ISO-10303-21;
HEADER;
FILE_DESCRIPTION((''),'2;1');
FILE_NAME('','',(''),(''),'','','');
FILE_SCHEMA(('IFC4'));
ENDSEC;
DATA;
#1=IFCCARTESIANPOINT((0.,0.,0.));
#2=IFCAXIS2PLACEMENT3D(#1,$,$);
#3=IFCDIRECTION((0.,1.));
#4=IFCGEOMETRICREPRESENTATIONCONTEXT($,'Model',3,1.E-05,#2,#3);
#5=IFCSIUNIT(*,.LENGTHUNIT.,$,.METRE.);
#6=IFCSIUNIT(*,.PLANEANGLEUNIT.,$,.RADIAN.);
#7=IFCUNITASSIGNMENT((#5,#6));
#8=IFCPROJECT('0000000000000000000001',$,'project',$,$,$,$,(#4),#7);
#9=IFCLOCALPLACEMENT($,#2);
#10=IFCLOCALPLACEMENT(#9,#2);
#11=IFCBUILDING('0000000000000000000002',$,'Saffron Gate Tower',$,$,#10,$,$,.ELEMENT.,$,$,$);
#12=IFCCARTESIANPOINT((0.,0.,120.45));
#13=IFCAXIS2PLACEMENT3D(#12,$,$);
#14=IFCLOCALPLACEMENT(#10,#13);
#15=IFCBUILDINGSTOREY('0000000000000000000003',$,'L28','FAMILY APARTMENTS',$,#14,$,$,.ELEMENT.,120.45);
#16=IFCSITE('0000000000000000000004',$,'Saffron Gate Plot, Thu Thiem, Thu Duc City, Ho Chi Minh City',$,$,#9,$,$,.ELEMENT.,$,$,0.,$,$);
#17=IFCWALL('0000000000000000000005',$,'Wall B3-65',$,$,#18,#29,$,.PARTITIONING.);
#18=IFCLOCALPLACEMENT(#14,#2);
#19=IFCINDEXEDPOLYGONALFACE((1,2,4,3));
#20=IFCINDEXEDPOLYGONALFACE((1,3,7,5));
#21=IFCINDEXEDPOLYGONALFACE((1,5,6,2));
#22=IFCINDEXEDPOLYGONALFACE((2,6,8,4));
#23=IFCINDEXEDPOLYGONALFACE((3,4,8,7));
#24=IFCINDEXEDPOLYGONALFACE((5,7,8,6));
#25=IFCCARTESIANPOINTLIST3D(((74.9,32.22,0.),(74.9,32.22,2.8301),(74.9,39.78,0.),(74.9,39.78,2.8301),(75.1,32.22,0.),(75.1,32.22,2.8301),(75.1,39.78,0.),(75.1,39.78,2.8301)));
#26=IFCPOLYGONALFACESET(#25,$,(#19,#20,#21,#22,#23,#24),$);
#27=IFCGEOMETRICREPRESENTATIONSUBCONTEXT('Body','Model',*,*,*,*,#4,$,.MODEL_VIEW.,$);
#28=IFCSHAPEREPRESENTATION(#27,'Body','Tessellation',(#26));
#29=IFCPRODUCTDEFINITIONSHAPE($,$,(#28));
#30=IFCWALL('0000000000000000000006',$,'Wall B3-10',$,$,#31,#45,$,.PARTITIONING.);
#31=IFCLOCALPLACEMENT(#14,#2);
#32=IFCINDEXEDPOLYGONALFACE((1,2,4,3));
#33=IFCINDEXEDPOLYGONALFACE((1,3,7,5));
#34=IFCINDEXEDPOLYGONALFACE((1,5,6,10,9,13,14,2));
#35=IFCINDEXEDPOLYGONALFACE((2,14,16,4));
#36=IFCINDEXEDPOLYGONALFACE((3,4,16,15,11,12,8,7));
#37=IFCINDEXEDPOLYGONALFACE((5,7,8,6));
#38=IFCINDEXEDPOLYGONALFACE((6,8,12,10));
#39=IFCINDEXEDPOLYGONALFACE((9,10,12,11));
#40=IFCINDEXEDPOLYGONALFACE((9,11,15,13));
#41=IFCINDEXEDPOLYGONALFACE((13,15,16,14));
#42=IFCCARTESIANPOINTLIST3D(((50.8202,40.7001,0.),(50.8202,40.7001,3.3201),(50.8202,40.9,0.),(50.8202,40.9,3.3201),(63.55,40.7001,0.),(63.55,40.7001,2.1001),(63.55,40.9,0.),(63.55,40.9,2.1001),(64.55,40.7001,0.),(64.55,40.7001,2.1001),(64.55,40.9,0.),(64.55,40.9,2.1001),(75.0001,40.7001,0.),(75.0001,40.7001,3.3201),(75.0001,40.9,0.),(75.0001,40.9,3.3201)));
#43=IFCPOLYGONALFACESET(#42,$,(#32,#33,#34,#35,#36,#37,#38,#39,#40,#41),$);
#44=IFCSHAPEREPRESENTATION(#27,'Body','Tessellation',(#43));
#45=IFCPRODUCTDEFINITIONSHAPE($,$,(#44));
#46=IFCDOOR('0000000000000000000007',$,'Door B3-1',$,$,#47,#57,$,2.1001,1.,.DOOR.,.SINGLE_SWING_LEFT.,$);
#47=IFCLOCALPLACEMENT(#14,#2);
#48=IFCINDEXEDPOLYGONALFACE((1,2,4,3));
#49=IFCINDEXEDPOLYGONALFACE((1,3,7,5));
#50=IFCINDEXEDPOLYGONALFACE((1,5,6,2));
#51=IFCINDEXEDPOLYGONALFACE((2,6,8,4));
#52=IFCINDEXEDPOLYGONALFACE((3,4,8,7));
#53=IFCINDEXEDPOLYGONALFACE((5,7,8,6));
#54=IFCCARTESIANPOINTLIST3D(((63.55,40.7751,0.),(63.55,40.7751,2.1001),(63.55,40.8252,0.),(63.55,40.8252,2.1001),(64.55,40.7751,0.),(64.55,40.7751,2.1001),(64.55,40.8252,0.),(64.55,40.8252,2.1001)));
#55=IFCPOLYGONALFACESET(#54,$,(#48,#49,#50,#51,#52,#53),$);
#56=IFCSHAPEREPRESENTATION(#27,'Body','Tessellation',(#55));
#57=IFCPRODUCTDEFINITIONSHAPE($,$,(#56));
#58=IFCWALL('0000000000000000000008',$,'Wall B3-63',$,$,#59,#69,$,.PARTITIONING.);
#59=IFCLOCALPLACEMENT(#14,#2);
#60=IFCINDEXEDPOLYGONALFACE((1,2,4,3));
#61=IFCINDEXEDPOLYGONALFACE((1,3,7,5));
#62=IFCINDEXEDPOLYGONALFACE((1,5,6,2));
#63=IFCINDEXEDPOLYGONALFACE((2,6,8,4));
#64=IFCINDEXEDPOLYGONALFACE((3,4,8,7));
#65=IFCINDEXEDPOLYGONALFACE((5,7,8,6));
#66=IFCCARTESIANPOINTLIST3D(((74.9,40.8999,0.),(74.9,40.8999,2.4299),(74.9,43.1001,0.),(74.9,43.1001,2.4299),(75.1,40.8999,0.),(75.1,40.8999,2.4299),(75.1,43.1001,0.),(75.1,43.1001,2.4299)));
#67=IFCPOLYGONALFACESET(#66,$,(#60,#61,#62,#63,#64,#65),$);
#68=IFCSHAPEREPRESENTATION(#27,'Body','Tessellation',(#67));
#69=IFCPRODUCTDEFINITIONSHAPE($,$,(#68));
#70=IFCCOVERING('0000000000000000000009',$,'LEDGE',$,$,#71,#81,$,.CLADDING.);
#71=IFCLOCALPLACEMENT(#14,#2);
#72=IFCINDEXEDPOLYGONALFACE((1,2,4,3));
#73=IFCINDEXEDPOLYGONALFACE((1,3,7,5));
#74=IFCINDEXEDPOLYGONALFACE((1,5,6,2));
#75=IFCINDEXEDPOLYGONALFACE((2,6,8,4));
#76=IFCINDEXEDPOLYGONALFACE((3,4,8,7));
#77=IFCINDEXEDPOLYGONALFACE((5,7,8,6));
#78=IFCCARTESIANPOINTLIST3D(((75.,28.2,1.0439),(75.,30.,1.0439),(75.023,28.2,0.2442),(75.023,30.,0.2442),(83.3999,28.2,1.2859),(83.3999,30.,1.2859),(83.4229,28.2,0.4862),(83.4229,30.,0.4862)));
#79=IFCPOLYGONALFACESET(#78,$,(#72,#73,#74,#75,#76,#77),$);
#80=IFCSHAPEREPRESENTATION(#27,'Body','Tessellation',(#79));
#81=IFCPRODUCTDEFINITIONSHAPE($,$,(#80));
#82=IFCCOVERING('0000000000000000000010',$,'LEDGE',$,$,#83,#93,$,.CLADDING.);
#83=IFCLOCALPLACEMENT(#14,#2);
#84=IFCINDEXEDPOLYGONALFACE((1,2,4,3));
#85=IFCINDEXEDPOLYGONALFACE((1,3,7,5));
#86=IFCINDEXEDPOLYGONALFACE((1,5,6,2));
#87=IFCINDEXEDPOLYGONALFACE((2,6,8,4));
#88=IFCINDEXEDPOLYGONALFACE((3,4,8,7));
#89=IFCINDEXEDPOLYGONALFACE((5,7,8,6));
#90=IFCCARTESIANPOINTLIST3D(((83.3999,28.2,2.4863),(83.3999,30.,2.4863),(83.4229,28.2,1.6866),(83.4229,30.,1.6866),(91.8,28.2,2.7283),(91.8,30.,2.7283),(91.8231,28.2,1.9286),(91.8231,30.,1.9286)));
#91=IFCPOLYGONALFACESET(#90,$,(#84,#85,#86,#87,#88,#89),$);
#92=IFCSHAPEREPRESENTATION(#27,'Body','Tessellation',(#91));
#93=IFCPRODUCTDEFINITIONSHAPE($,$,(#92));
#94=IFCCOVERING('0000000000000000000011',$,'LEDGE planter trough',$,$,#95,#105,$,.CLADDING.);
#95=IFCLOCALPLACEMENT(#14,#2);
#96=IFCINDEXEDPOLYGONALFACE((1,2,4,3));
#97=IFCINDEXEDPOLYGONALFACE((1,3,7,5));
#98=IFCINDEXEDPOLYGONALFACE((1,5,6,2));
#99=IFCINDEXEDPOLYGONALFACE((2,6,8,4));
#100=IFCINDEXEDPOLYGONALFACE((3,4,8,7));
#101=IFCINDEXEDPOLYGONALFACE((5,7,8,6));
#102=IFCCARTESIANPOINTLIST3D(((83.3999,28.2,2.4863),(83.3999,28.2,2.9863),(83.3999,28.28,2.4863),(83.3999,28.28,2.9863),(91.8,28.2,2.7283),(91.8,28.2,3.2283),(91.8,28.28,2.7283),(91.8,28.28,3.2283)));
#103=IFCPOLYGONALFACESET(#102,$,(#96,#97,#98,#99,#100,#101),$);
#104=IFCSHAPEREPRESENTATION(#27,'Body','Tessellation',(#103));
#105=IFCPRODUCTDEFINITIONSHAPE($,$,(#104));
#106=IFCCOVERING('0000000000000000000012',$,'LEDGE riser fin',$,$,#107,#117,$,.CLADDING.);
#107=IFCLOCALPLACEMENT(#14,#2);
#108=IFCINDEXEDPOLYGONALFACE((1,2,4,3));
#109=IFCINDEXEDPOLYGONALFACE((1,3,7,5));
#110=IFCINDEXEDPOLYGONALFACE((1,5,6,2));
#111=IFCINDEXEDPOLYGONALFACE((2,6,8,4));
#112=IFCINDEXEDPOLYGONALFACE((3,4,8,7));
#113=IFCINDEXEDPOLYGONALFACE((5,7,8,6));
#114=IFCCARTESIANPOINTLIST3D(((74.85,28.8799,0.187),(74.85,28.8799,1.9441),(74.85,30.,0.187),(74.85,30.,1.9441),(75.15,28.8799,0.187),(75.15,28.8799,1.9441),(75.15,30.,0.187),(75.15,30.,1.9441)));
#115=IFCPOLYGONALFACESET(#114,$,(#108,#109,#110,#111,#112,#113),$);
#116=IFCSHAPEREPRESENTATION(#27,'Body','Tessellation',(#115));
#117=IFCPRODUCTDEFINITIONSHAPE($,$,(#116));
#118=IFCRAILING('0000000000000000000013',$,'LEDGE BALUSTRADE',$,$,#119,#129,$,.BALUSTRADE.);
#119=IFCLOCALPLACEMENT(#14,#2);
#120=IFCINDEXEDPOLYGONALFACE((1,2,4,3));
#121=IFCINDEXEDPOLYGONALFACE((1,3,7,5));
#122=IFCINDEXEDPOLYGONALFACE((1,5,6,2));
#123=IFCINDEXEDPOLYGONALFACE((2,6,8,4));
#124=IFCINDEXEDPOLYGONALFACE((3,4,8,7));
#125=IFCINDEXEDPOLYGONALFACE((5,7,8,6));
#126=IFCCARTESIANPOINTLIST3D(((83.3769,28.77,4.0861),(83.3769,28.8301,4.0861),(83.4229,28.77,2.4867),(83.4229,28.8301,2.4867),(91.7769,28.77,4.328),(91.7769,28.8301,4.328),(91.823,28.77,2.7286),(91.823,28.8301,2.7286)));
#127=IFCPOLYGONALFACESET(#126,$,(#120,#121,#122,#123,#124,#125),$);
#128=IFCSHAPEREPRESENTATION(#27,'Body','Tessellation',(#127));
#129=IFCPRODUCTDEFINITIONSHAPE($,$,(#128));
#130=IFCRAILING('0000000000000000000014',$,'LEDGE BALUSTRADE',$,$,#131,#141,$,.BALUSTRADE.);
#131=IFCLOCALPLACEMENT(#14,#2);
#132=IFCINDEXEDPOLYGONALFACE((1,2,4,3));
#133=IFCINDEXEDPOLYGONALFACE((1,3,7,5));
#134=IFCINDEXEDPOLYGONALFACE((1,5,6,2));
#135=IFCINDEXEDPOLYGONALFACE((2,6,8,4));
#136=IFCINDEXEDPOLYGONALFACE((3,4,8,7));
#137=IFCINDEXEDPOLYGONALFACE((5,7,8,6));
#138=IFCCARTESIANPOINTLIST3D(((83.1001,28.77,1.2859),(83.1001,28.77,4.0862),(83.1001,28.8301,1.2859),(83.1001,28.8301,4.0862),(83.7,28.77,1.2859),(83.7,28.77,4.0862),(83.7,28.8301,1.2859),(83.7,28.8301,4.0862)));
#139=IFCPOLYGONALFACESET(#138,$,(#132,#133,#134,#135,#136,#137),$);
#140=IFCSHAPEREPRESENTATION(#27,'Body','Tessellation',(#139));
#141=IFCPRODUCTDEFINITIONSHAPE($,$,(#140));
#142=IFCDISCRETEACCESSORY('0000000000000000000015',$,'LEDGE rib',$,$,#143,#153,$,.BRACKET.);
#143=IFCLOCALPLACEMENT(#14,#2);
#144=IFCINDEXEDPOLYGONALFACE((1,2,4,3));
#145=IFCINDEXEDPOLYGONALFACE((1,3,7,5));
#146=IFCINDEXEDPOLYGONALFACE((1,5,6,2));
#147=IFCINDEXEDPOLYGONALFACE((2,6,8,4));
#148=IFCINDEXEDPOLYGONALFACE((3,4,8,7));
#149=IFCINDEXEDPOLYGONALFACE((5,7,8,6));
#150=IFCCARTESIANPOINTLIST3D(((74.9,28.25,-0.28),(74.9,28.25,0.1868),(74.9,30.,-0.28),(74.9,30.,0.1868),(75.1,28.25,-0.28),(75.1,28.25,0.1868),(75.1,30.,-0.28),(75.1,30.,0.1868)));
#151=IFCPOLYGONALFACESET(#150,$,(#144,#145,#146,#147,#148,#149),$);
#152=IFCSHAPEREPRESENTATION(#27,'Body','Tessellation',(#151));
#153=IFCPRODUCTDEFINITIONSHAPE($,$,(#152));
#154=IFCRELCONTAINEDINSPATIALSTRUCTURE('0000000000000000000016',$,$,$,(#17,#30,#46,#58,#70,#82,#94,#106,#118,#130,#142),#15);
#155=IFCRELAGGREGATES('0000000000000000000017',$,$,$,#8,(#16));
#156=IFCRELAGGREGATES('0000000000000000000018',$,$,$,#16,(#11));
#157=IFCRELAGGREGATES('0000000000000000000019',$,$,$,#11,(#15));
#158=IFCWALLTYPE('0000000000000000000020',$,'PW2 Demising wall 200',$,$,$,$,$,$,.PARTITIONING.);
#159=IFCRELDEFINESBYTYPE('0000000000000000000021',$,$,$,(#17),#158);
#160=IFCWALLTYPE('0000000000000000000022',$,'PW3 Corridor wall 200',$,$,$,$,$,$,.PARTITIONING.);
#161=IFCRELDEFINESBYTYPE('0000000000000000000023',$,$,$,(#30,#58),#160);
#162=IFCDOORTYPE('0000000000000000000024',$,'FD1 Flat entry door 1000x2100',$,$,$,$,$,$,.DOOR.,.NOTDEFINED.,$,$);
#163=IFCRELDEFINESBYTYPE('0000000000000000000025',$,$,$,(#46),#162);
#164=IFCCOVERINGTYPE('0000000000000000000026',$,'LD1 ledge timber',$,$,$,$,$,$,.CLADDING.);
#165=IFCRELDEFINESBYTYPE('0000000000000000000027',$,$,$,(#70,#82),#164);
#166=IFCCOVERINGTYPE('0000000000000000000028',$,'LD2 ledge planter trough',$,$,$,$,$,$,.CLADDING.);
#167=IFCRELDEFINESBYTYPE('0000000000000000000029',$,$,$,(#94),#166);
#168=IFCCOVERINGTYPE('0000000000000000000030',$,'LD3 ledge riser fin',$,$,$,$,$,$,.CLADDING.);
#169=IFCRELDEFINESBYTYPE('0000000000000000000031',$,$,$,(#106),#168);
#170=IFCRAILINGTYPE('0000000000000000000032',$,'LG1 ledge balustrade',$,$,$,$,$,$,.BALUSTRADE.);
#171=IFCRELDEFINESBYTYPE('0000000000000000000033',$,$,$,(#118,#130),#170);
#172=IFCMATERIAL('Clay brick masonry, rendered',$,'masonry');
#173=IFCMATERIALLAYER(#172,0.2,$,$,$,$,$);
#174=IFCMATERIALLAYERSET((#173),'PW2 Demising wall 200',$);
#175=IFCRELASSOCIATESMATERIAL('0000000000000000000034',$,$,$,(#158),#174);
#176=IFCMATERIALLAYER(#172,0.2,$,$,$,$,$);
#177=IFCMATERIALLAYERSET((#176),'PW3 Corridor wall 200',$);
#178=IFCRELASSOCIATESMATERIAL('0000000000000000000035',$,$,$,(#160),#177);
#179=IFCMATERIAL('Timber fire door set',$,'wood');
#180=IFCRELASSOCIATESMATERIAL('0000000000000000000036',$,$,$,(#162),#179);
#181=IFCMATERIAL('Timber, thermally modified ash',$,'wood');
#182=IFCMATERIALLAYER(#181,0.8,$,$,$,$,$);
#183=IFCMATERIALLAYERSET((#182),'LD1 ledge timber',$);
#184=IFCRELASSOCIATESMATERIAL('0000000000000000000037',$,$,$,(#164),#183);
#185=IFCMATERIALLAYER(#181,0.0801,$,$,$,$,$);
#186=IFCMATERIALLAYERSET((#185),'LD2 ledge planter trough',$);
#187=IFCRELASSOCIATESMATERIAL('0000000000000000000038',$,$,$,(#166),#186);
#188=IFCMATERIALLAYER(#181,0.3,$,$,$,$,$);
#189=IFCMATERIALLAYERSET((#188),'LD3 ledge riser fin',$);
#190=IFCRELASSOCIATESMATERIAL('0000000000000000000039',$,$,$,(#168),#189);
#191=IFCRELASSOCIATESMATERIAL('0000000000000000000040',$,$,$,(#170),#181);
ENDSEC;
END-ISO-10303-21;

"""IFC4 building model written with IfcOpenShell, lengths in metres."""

from ifc_helpers import new_model, si_unit, direction, frame, frame_2d, origin, origin_2d, place, context, subcontext, project, spatial, polyline, rectangle, outline, extrude, material, layer, layer_set, type_object, element, fill, save


model = new_model("IFC4")

# Units and contexts
model_context = context("Model", 3, precision=1e-05, world=origin(), true_north=direction((0.0, 1.0)))
body_context = subcontext(model_context, "Body", "Model", "MODEL_VIEW")
ifc_project = project(units=[si_unit("LENGTHUNIT", "METRE"), si_unit("PLANEANGLEUNIT", "RADIAN")], contexts=[model_context])

# Site, building, storey
site_placement = place(None, origin())
site = spatial("IfcSite", under=ifc_project, at=site_placement, Name="Saffron Gate Plot, Thu Thiem, Thu Duc City, Ho Chi Minh City", CompositionType="ELEMENT", RefElevation=0.0)
building_placement = place(site_placement, origin())
building = spatial("IfcBuilding", under=site, at=building_placement, Name="Saffron Gate Tower", CompositionType="ELEMENT")
storey_placement = place(building_placement, frame((0.0, 0.0, 120.45)))
storey = spatial("IfcBuildingStorey", under=building, at=storey_placement, Name="L28", Description="FAMILY APARTMENTS", CompositionType="ELEMENT", Elevation=120.45)

# Wall
ifc_material_1 = material(Name="Clay brick masonry, rendered", Category="masonry")
ifc_layer_1 = layer(ifc_material_1, 0.2)
ifc_layer_set_1 = layer_set([ifc_layer_1], Name="PW2 Demising wall 200")
wall_type_1 = type_object("IfcWallType", Name="PW2 Demising wall 200", PredefinedType="PARTITIONING", material=ifc_layer_set_1)
wall_1_placement = place(storey_placement, frame((75.0, 39.78, 0.0), z_axis=(0.0, 0.0, 1.0), x_axis=(0.0, -1.0, 0.0)))
element("IfcWall", 1, at=wall_1_placement, inside=storey, type_object=wall_type_1, Name="Wall B3-65", PredefinedType="PARTITIONING", context=body_context, shape_type="SweptSolid", body=[
    extrude(rectangle(XDim=7.5601, YDim=0.2, at=frame_2d((3.78, 0.0))), origin(), (0.0, 0.0, 1.0), 2.8301),
])

# Wall, opening, door
ifc_layer_2 = layer(ifc_material_1, 0.2)
ifc_layer_set_2 = layer_set([ifc_layer_2], Name="PW3 Corridor wall 200")
wall_type_2 = type_object("IfcWallType", Name="PW3 Corridor wall 200", PredefinedType="PARTITIONING", material=ifc_layer_set_2)
wall_2_placement = place(storey_placement, frame((75.0, 40.8, 0.0), z_axis=(0.0, 0.0, 1.0), x_axis=(-1.0, 0.0, 0.0)))
wall_2 = element("IfcWall", 2, at=wall_2_placement, inside=storey, type_object=wall_type_2, Name="Wall B3-10", PredefinedType="PARTITIONING", context=body_context, shape_type="SweptSolid", body=[
    extrude(rectangle(XDim=24.1799, YDim=0.2, at=frame_2d((12.0898, 0.0))), origin(), (0.0, 0.0, 1.0), 3.3201),
])
opening_1_placement = place(wall_2_placement, frame((10.45, 0.0, 0.0)))
opening_1 = element("IfcOpeningElement", 3, at=opening_1_placement, cuts=wall_2, PredefinedType="OPENING", context=body_context, shape_type="SweptSolid", body=[
    extrude(rectangle(XDim=1.0, YDim=2.1001, at=frame_2d((0.5, 1.05))), frame((0.0, 0.1099, 0.0), z_axis=(0.0, -1.0, 0.0), x_axis=(1.0, 0.0, 0.0)), (0.0, 0.0, 1.0), 0.22),
])
ifc_material_2 = material(Name="Timber fire door set", Category="wood")
door_type = type_object("IfcDoorType", Name="FD1 Flat entry door 1000x2100", OperationType="NOTDEFINED", PredefinedType="DOOR", material=ifc_material_2)
door_placement = place(opening_1_placement, origin())
door = element("IfcDoor", 4, at=door_placement, inside=storey, type_object=door_type, Name="Door B3-1", OperationType="SINGLE_SWING_LEFT", OverallHeight=2.1001, OverallWidth=1.0, PredefinedType="DOOR", context=body_context, shape_type="SweptSolid", body=[
    extrude(rectangle(XDim=1.0, YDim=2.1001, at=frame_2d((0.5, 1.05))), frame((0.0, 0.0249, 0.0), z_axis=(0.0, -1.0, 0.0), x_axis=(1.0, 0.0, 0.0)), (0.0, 0.0, 1.0), 0.05),
])
fill(opening_1, door)

# Wall
wall_3_placement = place(storey_placement, frame((75.0, 43.1001, 0.0), z_axis=(0.0, 0.0, 1.0), x_axis=(0.0, -1.0, 0.0)))
element("IfcWall", 5, at=wall_3_placement, inside=storey, type_object=wall_type_2, Name="Wall B3-63", PredefinedType="PARTITIONING", context=body_context, shape_type="SweptSolid", body=[
    extrude(rectangle(XDim=2.2002, YDim=0.2, at=frame_2d((1.1001, 0.0))), origin(), (0.0, 0.0, 1.0), 2.4299),
])

# Coverings
ifc_material_3 = material(Name="Timber, thermally modified ash", Category="wood")
ifc_layer_3 = layer(ifc_material_3, 0.8)
ifc_layer_set_3 = layer_set([ifc_layer_3], Name="LD1 ledge timber")
covering_type_1 = type_object("IfcCoveringType", Name="LD1 ledge timber", PredefinedType="CLADDING", material=ifc_layer_set_3)
covering_1_placement = place(storey_placement, frame((75.0, 30.0, 1.0439), z_axis=(-0.028791, 0.0, 0.999585), x_axis=(0.999585, 0.0, 0.028791)))
element("IfcCovering", 6, at=covering_1_placement, inside=storey, type_object=covering_type_1, Name="LEDGE", PredefinedType="CLADDING", context=body_context, shape_type="SweptSolid", body=[
    extrude(outline(polyline([(0.0, 0.0), (8.4034, 0.0), (8.4034, -1.8), (0.0, -1.8), (0.0, 0.0)])), origin(), (0.0, 0.0, -1.0), 0.8),
])
covering_2_placement = place(storey_placement, frame((83.3999, 30.0, 2.4863), z_axis=(-0.02879, 0.0, 0.999585), x_axis=(0.999585, 0.0, 0.02879)))
element("IfcCovering", 7, at=covering_2_placement, inside=storey, type_object=covering_type_1, Name="LEDGE", PredefinedType="CLADDING", context=body_context, shape_type="SweptSolid", body=[
    extrude(outline(polyline([(0.0, 0.0), (8.4036, 0.0), (8.4036, -1.8), (0.0, -1.8), (0.0, 0.0)])), origin(), (0.0, 0.0, -1.0), 0.8),
])
ifc_layer_4 = layer(ifc_material_3, 0.0801)
ifc_layer_set_4 = layer_set([ifc_layer_4], Name="LD2 ledge planter trough")
covering_type_2 = type_object("IfcCoveringType", Name="LD2 ledge planter trough", PredefinedType="CLADDING", material=ifc_layer_set_4)
covering_3_placement = place(storey_placement, frame((83.3999, 28.2, 2.4863), z_axis=(0.0, -1.0, 0.0), x_axis=(0.999585, 0.0, 0.02879)))
element("IfcCovering", 8, at=covering_3_placement, inside=storey, type_object=covering_type_2, Name="LEDGE planter trough", PredefinedType="CLADDING", context=body_context, shape_type="SweptSolid", body=[
    extrude(outline(polyline([(0.0, 0.0), (8.4036, 0.0), (8.418, 0.4998), (0.0144, 0.4998), (0.0, 0.0)])), origin(), (0.0, 0.0, -1.0), 0.0801),
])
ifc_layer_5 = layer(ifc_material_3, 0.3)
ifc_layer_set_5 = layer_set([ifc_layer_5], Name="LD3 ledge riser fin")
covering_type_3 = type_object("IfcCoveringType", Name="LD3 ledge riser fin", PredefinedType="CLADDING", material=ifc_layer_set_5)
covering_4_placement = place(storey_placement, frame((75.0, 29.4399, 0.187), z_axis=(0.0, 0.0, 1.0), x_axis=(1.0, 0.0, 0.0)))
element("IfcCovering", 9, at=covering_4_placement, inside=storey, type_object=covering_type_3, Name="LEDGE riser fin", PredefinedType="CLADDING", context=body_context, shape_type="SweptSolid", body=[
    extrude(rectangle(XDim=0.3, YDim=1.1201, at=origin_2d()), origin(), (0.0, 0.0, 1.0), 1.7571),
])

# Railings
railing_type = type_object("IfcRailingType", Name="LG1 ledge balustrade", PredefinedType="BALUSTRADE", material=ifc_material_3)
railing_1_placement = place(storey_placement, frame((83.3999, 28.8, 2.4863)))
element("IfcRailing", 10, at=railing_1_placement, inside=storey, type_object=railing_type, Name="LEDGE BALUSTRADE", PredefinedType="BALUSTRADE", context=body_context, shape_type="SweptSolid", body=[
    extrude(rectangle(XDim=0.0601, YDim=1.6001, at=origin_2d()), frame((0.0, 0.0, 0.8), z_axis=(0.999585, 0.0, 0.02879), x_axis=(0.0, 1.0, 0.0)), (0.0, 0.0, 1.0), 8.4036),
])
railing_2_placement = place(storey_placement, frame((83.1001, 28.8, 1.2859)))
element("IfcRailing", 11, at=railing_2_placement, inside=storey, type_object=railing_type, Name="LEDGE BALUSTRADE", PredefinedType="BALUSTRADE", context=body_context, shape_type="SweptSolid", body=[
    extrude(rectangle(XDim=0.0601, YDim=2.8003, at=origin_2d()), frame((0.0, 0.0, 1.4001), z_axis=(1.0, 0.0, 0.0), x_axis=(0.0, 1.0, 0.0)), (0.0, 0.0, 1.0), 0.5999),
])

# Discrete accessory
discrete_accessory_placement = place(storey_placement, frame((75.0, 29.125, -0.28), z_axis=(0.0, 0.0, 1.0), x_axis=(1.0, 0.0, 0.0)))
element("IfcDiscreteAccessory", 12, at=discrete_accessory_placement, inside=storey, Name="LEDGE rib", PredefinedType="BRACKET", context=body_context, shape_type="SweptSolid", body=[
    extrude(rectangle(XDim=0.2, YDim=1.75, at=origin_2d()), origin(), (0.0, 0.0, 1.0), 0.4668),
])

save(model, "model.ifc")
